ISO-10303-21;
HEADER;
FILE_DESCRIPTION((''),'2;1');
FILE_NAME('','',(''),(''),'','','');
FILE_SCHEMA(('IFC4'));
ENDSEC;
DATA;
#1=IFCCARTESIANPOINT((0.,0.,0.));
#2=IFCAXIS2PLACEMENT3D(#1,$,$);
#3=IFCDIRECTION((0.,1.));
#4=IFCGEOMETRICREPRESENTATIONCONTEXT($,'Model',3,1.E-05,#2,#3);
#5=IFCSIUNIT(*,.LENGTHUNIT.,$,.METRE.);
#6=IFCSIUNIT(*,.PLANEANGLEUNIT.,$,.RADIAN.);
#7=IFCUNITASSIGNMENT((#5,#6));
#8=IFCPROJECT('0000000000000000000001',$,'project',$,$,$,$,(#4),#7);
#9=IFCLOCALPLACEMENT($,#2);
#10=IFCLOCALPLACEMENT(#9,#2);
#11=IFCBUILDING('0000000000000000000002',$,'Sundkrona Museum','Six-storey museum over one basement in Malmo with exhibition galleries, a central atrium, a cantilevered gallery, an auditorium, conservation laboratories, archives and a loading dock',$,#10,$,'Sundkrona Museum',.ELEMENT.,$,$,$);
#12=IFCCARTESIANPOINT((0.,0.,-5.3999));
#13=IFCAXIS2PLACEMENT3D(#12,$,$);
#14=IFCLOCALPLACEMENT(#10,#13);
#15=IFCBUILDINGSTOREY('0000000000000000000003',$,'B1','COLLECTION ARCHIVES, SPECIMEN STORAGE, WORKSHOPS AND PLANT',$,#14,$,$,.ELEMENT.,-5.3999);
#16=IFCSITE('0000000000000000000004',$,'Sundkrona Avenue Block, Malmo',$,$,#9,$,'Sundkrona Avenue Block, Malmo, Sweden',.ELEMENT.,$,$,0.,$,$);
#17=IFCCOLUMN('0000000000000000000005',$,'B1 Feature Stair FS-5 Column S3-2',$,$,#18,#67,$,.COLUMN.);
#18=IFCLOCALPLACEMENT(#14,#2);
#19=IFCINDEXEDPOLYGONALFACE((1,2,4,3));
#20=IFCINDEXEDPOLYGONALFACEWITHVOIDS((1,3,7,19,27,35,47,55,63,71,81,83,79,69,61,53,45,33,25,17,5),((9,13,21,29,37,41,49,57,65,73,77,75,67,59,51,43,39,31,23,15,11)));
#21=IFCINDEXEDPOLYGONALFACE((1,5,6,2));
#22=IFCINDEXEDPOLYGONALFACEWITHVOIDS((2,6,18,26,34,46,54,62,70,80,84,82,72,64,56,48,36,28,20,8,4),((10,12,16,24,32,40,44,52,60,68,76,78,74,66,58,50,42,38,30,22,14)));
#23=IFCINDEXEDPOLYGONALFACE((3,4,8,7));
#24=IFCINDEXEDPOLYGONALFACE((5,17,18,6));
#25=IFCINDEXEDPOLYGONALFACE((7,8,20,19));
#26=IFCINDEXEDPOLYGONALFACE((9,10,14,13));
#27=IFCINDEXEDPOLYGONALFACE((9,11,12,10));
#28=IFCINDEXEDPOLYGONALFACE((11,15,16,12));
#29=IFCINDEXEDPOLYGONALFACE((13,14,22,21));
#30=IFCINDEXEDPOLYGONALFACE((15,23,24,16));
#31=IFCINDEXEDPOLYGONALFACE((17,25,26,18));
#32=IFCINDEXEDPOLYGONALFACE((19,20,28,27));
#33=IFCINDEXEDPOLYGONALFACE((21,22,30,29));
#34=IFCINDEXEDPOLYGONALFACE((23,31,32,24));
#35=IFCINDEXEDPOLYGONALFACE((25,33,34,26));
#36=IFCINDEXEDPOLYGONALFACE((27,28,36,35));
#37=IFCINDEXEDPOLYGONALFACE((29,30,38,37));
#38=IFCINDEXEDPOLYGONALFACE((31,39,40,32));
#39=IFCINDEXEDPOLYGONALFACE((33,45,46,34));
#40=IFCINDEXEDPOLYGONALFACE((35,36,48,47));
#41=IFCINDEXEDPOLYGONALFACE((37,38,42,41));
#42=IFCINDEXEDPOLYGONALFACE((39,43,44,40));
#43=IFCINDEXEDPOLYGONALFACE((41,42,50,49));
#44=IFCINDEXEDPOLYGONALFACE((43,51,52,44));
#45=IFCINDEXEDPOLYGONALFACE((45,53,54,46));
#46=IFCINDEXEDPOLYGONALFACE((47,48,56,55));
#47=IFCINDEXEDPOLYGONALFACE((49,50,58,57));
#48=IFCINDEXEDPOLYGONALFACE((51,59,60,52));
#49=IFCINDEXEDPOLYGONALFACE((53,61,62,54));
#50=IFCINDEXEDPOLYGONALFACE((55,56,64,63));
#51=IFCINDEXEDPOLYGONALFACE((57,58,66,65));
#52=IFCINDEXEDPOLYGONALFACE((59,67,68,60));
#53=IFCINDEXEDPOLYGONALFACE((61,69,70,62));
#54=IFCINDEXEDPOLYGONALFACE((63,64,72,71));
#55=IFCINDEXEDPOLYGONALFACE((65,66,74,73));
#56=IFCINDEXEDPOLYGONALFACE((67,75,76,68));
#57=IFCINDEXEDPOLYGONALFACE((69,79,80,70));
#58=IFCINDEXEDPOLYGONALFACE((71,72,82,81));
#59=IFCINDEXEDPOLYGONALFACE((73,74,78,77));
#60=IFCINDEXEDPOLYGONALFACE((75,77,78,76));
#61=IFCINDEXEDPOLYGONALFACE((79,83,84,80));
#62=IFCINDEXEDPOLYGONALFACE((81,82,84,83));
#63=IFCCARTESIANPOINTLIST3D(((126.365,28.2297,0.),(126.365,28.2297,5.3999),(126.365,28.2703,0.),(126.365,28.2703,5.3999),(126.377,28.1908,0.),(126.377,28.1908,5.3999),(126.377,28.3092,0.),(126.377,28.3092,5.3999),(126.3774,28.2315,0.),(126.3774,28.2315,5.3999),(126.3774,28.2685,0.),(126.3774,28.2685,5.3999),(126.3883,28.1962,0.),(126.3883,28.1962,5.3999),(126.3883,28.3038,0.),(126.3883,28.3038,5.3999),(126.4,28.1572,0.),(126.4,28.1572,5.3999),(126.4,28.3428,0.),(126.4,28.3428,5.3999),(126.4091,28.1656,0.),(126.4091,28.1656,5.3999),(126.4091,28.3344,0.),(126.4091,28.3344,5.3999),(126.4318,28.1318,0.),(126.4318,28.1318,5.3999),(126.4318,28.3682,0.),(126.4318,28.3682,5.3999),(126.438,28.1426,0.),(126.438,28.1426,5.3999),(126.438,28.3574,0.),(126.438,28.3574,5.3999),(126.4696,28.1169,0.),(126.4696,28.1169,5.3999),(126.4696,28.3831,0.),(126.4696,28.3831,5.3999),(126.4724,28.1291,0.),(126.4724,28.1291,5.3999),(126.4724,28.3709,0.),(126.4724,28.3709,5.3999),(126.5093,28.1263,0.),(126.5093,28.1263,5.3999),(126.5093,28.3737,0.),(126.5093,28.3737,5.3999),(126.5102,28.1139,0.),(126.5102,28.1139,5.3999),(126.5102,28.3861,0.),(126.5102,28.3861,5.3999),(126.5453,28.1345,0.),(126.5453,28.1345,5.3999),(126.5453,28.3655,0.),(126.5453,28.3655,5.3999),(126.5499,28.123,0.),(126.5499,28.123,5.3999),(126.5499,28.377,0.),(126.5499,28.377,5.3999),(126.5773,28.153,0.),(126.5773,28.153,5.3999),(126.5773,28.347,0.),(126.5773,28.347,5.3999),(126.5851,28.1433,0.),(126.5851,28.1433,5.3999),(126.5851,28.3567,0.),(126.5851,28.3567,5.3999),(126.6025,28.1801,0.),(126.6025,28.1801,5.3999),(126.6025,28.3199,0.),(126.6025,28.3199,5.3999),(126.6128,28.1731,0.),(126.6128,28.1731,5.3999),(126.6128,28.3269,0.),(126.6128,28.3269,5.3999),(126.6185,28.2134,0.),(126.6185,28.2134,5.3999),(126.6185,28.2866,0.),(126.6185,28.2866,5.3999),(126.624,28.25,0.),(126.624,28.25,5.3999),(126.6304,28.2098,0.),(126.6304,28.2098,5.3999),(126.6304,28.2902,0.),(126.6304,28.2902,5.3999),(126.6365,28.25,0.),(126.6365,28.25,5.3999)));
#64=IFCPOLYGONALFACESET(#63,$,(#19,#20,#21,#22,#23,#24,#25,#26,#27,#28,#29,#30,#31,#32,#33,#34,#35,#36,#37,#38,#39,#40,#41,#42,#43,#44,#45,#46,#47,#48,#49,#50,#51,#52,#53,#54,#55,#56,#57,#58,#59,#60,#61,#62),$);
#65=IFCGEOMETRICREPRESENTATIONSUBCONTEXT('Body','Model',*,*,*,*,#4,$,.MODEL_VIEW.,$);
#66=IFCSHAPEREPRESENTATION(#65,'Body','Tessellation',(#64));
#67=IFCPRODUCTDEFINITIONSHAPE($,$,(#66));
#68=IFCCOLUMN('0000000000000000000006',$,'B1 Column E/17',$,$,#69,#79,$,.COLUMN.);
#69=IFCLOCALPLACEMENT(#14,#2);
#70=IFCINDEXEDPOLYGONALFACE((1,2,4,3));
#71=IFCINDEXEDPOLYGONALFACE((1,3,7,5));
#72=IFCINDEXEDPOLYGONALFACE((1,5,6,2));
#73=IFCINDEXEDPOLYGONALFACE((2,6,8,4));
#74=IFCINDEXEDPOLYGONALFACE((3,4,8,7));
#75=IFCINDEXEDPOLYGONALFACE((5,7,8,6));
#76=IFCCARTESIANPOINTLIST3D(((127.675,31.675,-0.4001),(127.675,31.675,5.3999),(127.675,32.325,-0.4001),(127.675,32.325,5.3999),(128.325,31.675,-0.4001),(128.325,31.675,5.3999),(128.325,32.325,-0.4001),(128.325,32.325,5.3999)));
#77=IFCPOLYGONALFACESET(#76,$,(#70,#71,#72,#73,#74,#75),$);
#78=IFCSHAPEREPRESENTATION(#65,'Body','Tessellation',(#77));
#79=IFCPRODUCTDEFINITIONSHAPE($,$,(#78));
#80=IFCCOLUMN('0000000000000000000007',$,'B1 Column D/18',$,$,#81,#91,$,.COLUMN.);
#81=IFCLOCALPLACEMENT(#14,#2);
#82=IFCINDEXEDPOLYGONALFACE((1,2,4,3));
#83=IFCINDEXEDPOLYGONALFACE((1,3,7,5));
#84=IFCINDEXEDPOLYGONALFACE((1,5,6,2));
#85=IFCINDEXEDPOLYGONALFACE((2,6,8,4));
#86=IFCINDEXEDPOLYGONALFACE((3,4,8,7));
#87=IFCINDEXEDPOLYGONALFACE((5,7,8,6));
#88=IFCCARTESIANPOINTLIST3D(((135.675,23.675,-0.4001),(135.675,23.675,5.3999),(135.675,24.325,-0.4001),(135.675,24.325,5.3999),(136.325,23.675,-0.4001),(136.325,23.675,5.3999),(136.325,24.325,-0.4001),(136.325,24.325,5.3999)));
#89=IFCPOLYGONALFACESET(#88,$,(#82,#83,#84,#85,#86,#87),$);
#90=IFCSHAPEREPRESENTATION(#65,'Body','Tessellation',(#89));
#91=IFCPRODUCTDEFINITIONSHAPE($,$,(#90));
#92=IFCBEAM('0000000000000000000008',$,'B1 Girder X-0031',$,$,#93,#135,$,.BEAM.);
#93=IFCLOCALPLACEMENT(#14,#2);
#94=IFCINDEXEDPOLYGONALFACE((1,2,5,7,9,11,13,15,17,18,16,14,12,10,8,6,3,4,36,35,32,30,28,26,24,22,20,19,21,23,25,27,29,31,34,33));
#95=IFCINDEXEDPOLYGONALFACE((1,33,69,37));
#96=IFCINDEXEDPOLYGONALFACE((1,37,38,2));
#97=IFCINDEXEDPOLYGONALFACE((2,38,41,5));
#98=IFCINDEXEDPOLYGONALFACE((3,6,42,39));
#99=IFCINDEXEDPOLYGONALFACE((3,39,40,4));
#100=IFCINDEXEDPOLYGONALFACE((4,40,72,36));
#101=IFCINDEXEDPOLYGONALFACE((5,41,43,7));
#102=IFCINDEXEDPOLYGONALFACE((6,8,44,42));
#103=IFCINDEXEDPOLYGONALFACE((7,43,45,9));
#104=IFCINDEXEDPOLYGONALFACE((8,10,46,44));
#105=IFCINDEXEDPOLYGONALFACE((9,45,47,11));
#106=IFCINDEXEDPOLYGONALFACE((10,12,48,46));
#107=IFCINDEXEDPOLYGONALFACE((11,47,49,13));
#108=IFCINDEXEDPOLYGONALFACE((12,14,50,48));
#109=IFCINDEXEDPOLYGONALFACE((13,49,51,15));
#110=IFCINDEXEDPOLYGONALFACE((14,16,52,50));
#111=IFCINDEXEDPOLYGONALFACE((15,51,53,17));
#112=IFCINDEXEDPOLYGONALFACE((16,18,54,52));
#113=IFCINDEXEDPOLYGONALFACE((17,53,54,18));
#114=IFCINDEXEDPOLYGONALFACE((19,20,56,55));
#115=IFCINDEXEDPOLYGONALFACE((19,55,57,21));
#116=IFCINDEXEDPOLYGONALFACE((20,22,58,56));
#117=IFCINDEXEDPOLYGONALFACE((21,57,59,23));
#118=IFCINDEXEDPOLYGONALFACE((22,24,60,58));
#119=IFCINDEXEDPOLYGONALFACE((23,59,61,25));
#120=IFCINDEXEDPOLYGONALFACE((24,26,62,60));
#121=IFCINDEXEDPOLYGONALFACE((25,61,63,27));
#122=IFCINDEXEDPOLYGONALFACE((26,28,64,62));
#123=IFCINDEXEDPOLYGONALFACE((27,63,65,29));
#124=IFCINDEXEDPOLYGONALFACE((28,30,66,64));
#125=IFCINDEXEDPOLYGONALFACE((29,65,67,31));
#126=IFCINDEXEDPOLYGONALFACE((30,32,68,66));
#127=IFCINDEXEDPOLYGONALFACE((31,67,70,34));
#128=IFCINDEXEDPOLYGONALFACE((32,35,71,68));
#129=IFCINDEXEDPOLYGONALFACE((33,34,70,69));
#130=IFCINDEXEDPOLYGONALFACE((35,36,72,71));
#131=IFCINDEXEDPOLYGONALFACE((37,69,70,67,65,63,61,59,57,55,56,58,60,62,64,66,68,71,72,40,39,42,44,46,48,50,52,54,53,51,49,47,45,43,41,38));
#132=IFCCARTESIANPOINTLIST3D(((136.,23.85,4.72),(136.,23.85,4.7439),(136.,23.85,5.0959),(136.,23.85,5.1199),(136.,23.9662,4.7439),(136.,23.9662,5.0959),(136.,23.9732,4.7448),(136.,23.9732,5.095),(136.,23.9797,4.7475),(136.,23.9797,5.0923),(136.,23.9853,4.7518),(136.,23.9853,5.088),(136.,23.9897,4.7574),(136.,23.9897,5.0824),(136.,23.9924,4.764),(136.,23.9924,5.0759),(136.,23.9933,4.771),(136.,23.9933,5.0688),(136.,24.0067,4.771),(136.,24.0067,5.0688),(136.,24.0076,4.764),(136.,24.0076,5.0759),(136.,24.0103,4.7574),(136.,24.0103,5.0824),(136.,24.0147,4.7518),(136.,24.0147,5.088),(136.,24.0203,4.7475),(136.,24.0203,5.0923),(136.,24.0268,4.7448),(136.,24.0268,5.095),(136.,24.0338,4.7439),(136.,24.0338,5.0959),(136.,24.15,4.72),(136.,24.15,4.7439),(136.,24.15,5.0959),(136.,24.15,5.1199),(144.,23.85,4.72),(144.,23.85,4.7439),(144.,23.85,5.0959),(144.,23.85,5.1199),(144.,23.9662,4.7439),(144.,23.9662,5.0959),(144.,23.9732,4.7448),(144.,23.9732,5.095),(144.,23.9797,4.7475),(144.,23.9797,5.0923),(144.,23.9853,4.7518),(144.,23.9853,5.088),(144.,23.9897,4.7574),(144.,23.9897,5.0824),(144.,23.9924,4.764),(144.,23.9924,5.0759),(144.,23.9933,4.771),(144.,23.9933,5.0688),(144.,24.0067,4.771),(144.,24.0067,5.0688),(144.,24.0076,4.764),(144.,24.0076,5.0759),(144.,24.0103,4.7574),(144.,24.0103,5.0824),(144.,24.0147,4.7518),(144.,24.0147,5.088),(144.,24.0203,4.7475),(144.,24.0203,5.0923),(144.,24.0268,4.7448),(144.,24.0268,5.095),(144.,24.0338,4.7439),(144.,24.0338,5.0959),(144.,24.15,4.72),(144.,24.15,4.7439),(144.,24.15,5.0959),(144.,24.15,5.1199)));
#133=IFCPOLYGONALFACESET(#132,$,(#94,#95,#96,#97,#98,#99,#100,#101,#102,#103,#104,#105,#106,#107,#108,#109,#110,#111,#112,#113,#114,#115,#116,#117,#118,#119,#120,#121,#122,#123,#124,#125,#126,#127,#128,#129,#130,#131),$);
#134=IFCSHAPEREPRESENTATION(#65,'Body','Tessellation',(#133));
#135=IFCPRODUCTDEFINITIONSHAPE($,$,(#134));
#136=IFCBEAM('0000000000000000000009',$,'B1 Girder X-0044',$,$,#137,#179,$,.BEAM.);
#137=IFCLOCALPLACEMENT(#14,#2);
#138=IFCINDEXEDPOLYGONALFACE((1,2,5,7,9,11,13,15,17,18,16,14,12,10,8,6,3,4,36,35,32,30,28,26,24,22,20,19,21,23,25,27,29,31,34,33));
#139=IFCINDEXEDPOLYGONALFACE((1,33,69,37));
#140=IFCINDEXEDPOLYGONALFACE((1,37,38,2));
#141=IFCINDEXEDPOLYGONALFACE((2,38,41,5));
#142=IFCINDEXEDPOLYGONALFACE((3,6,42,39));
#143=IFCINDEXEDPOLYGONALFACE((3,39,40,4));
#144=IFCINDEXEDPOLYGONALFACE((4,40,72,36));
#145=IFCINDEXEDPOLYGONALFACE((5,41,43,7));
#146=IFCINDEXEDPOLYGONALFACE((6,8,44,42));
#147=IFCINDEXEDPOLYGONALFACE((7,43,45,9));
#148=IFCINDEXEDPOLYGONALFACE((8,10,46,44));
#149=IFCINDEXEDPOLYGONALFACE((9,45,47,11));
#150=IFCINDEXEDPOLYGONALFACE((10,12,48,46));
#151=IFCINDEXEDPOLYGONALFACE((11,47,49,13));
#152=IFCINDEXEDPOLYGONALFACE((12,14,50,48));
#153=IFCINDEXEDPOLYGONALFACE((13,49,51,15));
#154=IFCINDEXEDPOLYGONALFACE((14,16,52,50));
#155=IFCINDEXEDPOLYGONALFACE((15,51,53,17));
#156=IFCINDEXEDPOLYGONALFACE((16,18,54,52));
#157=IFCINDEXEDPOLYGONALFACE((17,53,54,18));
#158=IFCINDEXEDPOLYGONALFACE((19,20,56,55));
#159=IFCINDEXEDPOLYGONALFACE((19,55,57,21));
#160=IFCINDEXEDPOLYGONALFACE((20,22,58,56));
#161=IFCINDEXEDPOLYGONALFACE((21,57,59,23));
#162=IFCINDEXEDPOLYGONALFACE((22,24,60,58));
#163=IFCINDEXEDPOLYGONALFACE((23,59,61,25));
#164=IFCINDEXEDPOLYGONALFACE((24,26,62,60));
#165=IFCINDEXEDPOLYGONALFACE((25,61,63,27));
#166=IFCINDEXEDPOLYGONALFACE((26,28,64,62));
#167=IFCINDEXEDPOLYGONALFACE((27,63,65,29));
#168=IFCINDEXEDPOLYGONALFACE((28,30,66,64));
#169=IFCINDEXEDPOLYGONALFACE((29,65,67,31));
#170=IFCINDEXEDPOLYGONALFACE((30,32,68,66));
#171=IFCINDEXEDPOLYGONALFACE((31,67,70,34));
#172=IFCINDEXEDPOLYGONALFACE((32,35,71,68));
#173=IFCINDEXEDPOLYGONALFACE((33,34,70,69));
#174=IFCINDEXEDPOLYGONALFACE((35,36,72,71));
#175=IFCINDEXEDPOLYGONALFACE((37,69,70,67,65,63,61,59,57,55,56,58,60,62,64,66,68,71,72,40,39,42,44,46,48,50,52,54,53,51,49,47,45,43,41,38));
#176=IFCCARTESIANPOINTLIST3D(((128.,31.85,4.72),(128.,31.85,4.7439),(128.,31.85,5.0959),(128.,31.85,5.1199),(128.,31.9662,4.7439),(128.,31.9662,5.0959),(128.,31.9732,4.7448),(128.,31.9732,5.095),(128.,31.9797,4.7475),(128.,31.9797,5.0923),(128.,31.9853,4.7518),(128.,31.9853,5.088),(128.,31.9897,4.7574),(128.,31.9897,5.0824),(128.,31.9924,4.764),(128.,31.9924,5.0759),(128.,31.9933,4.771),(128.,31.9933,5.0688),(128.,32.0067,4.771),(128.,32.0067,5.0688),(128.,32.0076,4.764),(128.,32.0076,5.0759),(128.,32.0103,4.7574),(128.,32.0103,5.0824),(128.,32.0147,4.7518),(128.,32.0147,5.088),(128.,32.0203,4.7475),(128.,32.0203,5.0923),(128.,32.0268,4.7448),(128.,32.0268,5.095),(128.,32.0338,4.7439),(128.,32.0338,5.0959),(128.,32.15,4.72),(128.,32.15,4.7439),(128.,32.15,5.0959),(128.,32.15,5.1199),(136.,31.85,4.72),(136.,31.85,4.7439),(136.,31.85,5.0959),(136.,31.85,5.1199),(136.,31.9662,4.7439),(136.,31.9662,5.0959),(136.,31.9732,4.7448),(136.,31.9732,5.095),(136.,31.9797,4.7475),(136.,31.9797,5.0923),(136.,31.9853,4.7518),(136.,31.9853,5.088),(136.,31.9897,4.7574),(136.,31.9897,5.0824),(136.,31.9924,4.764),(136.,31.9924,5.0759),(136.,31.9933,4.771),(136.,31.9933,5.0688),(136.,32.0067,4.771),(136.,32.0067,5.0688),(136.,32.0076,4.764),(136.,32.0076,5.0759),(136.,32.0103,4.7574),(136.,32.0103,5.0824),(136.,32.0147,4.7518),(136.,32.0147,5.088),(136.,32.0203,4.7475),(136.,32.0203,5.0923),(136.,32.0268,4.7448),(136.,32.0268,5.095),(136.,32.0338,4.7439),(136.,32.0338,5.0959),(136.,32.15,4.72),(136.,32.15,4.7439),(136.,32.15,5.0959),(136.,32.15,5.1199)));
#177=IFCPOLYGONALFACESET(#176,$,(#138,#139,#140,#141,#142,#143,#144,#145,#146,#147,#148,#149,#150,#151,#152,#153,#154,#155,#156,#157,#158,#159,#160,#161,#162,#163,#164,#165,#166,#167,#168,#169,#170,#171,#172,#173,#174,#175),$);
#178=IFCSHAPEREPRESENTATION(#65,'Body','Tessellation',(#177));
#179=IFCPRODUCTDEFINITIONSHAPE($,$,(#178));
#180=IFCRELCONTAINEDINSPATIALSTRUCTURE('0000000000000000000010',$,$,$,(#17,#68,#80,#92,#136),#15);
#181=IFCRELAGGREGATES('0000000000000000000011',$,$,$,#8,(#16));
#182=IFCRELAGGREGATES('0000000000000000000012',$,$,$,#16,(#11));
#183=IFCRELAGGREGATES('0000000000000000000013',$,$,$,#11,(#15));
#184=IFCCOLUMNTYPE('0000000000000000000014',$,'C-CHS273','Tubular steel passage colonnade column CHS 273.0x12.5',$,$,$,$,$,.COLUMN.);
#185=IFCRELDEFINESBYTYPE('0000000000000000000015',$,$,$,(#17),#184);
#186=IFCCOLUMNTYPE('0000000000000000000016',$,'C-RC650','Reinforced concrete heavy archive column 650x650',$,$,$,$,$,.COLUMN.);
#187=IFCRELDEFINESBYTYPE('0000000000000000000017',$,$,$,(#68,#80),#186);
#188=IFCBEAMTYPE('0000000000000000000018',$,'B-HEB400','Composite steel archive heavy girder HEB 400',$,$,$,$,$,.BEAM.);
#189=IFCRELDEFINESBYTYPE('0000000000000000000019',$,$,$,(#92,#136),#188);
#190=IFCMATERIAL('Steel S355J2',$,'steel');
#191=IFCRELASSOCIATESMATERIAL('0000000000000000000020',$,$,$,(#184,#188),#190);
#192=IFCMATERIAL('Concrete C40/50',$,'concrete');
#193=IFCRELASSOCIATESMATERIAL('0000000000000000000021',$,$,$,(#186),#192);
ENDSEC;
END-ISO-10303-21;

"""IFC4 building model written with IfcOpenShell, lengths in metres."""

from ifc_helpers import new_model, si_unit, direction, frame, origin, origin_2d, place, context, subcontext, project, spatial, rectangle, hollow_circle, i_section, extrude, material, material_profile, profile_set, type_object, element, save


model = new_model("IFC4")

# Units and contexts
model_context = context("Model", 3, precision=1e-05, world=origin(), true_north=direction((0.0, 1.0)))
body_context = subcontext(model_context, "Body", "Model", "MODEL_VIEW")
ifc_project = project(units=[si_unit("LENGTHUNIT", "METRE"), si_unit("PLANEANGLEUNIT", "RADIAN")], contexts=[model_context])

# Site, building, storey
site_placement = place(None, origin())
site = spatial("IfcSite", under=ifc_project, at=site_placement, Name="Sundkrona Avenue Block, Malmo", LongName="Sundkrona Avenue Block, Malmo, Sweden", CompositionType="ELEMENT", RefElevation=0.0)
building_placement = place(site_placement, origin())
building = spatial("IfcBuilding", under=site, at=building_placement, Name="Sundkrona Museum", Description="Six-storey museum over one basement in Malmo with exhibition galleries, a central atrium, a cantilevered gallery, an auditorium, conservation laboratories, archives and a loading dock", LongName="Sundkrona Museum", CompositionType="ELEMENT")
storey_placement = place(building_placement, frame((0.0, 0.0, -5.3999)))
storey = spatial("IfcBuildingStorey", under=building, at=storey_placement, Name="B1", Description="COLLECTION ARCHIVES, SPECIMEN STORAGE, WORKSHOPS AND PLANT", CompositionType="ELEMENT", Elevation=-5.3999)

# Shared definitions
ifc_material_1 = material(Name="Concrete C40/50", Category="concrete")

# Columns
ifc_material_2 = material(Name="Steel S355J2", Category="steel")
ifc_material_profile_1 = material_profile(ifc_material_2, hollow_circle(Radius=0.1365, WallThickness=0.0125, at=origin_2d()), Name="CHS 273.0x12.5")
ifc_profile_set_1 = profile_set([ifc_material_profile_1], Name="Steel S355J2")
column_type_1 = type_object("IfcColumnType", Name="C-CHS273", Description="Tubular steel passage colonnade column CHS 273.0x12.5", PredefinedType="COLUMN", material=ifc_profile_set_1)
for number, where, z_axis, x_axis, name in (
    (1, (126.5, 28.25, 0.0), (0.0, 0.0, 1.0), (1.0, 0.0, 0.0), "B1 Feature Stair FS-5 Column S3-2"),
):
    element("IfcColumn", number, at=place(storey_placement, frame(where, z_axis=z_axis, x_axis=x_axis)), inside=storey, type_object=column_type_1, Name=name, PredefinedType="COLUMN", context=body_context, shape_type="SweptSolid", body=[
        extrude(hollow_circle(Radius=0.1365, WallThickness=0.0125, at=origin_2d()), origin(), (0.0, 0.0, 1.0), 5.3999),
    ])
ifc_material_profile_2 = material_profile(ifc_material_1, rectangle(XDim=0.6499, YDim=0.6499, at=origin_2d()), Name="RC 650x650")
ifc_profile_set_2 = profile_set([ifc_material_profile_2], Name="Concrete C40/50")
column_type_2 = type_object("IfcColumnType", Name="C-RC650", Description="Reinforced concrete heavy archive column 650x650", PredefinedType="COLUMN", material=ifc_profile_set_2)
for number, where, z_axis, x_axis, name in (
    (2, (128.0, 32.0, -0.4001), (0.0, 0.0, 1.0), (1.0, 0.0, 0.0), "B1 Column E/17"),
    (3, (136.0, 24.0, -0.4001), (0.0, 0.0, 1.0), (1.0, 0.0, 0.0), "B1 Column D/18"),
):
    element("IfcColumn", number, at=place(storey_placement, frame(where, z_axis=z_axis, x_axis=x_axis)), inside=storey, type_object=column_type_2, Name=name, PredefinedType="COLUMN", context=body_context, shape_type="SweptSolid", body=[
        extrude(rectangle(XDim=0.6499, YDim=0.6499, at=origin_2d()), origin(), (0.0, 0.0, 1.0), 5.8),
    ])

# Beams
ifc_material_profile_3 = material_profile(ifc_material_2, i_section(OverallWidth=0.3, OverallDepth=0.3999, WebThickness=0.0134, FlangeThickness=0.0239, FilletRadius=0.0271, at=origin_2d()), Name="HEB 400")
ifc_profile_set_3 = profile_set([ifc_material_profile_3], Name="Steel S355J2")
beam_type_1 = type_object("IfcBeamType", Name="B-HEB400", Description="Composite steel archive heavy girder HEB 400", PredefinedType="BEAM", material=ifc_profile_set_3)
for number, where, z_axis, x_axis, name in (
    (4, (136.0, 24.0, 4.9199), (1.0, 0.0, 0.0), (0.0, 1.0, 0.0), "B1 Girder X-0031"),
    (5, (128.0, 32.0, 4.9199), (1.0, 0.0, 0.0), (0.0, 1.0, 0.0), "B1 Girder X-0044"),
):
    element("IfcBeam", number, at=place(storey_placement, frame(where, z_axis=z_axis, x_axis=x_axis)), inside=storey, type_object=beam_type_1, Name=name, PredefinedType="BEAM", context=body_context, shape_type="SweptSolid", body=[
        extrude(i_section(OverallWidth=0.3, OverallDepth=0.3999, WebThickness=0.0134, FlangeThickness=0.0239, FilletRadius=0.0271, at=origin_2d()), origin(), (0.0, 0.0, 1.0), 8.0),
    ])

save(model, "model.ifc")
